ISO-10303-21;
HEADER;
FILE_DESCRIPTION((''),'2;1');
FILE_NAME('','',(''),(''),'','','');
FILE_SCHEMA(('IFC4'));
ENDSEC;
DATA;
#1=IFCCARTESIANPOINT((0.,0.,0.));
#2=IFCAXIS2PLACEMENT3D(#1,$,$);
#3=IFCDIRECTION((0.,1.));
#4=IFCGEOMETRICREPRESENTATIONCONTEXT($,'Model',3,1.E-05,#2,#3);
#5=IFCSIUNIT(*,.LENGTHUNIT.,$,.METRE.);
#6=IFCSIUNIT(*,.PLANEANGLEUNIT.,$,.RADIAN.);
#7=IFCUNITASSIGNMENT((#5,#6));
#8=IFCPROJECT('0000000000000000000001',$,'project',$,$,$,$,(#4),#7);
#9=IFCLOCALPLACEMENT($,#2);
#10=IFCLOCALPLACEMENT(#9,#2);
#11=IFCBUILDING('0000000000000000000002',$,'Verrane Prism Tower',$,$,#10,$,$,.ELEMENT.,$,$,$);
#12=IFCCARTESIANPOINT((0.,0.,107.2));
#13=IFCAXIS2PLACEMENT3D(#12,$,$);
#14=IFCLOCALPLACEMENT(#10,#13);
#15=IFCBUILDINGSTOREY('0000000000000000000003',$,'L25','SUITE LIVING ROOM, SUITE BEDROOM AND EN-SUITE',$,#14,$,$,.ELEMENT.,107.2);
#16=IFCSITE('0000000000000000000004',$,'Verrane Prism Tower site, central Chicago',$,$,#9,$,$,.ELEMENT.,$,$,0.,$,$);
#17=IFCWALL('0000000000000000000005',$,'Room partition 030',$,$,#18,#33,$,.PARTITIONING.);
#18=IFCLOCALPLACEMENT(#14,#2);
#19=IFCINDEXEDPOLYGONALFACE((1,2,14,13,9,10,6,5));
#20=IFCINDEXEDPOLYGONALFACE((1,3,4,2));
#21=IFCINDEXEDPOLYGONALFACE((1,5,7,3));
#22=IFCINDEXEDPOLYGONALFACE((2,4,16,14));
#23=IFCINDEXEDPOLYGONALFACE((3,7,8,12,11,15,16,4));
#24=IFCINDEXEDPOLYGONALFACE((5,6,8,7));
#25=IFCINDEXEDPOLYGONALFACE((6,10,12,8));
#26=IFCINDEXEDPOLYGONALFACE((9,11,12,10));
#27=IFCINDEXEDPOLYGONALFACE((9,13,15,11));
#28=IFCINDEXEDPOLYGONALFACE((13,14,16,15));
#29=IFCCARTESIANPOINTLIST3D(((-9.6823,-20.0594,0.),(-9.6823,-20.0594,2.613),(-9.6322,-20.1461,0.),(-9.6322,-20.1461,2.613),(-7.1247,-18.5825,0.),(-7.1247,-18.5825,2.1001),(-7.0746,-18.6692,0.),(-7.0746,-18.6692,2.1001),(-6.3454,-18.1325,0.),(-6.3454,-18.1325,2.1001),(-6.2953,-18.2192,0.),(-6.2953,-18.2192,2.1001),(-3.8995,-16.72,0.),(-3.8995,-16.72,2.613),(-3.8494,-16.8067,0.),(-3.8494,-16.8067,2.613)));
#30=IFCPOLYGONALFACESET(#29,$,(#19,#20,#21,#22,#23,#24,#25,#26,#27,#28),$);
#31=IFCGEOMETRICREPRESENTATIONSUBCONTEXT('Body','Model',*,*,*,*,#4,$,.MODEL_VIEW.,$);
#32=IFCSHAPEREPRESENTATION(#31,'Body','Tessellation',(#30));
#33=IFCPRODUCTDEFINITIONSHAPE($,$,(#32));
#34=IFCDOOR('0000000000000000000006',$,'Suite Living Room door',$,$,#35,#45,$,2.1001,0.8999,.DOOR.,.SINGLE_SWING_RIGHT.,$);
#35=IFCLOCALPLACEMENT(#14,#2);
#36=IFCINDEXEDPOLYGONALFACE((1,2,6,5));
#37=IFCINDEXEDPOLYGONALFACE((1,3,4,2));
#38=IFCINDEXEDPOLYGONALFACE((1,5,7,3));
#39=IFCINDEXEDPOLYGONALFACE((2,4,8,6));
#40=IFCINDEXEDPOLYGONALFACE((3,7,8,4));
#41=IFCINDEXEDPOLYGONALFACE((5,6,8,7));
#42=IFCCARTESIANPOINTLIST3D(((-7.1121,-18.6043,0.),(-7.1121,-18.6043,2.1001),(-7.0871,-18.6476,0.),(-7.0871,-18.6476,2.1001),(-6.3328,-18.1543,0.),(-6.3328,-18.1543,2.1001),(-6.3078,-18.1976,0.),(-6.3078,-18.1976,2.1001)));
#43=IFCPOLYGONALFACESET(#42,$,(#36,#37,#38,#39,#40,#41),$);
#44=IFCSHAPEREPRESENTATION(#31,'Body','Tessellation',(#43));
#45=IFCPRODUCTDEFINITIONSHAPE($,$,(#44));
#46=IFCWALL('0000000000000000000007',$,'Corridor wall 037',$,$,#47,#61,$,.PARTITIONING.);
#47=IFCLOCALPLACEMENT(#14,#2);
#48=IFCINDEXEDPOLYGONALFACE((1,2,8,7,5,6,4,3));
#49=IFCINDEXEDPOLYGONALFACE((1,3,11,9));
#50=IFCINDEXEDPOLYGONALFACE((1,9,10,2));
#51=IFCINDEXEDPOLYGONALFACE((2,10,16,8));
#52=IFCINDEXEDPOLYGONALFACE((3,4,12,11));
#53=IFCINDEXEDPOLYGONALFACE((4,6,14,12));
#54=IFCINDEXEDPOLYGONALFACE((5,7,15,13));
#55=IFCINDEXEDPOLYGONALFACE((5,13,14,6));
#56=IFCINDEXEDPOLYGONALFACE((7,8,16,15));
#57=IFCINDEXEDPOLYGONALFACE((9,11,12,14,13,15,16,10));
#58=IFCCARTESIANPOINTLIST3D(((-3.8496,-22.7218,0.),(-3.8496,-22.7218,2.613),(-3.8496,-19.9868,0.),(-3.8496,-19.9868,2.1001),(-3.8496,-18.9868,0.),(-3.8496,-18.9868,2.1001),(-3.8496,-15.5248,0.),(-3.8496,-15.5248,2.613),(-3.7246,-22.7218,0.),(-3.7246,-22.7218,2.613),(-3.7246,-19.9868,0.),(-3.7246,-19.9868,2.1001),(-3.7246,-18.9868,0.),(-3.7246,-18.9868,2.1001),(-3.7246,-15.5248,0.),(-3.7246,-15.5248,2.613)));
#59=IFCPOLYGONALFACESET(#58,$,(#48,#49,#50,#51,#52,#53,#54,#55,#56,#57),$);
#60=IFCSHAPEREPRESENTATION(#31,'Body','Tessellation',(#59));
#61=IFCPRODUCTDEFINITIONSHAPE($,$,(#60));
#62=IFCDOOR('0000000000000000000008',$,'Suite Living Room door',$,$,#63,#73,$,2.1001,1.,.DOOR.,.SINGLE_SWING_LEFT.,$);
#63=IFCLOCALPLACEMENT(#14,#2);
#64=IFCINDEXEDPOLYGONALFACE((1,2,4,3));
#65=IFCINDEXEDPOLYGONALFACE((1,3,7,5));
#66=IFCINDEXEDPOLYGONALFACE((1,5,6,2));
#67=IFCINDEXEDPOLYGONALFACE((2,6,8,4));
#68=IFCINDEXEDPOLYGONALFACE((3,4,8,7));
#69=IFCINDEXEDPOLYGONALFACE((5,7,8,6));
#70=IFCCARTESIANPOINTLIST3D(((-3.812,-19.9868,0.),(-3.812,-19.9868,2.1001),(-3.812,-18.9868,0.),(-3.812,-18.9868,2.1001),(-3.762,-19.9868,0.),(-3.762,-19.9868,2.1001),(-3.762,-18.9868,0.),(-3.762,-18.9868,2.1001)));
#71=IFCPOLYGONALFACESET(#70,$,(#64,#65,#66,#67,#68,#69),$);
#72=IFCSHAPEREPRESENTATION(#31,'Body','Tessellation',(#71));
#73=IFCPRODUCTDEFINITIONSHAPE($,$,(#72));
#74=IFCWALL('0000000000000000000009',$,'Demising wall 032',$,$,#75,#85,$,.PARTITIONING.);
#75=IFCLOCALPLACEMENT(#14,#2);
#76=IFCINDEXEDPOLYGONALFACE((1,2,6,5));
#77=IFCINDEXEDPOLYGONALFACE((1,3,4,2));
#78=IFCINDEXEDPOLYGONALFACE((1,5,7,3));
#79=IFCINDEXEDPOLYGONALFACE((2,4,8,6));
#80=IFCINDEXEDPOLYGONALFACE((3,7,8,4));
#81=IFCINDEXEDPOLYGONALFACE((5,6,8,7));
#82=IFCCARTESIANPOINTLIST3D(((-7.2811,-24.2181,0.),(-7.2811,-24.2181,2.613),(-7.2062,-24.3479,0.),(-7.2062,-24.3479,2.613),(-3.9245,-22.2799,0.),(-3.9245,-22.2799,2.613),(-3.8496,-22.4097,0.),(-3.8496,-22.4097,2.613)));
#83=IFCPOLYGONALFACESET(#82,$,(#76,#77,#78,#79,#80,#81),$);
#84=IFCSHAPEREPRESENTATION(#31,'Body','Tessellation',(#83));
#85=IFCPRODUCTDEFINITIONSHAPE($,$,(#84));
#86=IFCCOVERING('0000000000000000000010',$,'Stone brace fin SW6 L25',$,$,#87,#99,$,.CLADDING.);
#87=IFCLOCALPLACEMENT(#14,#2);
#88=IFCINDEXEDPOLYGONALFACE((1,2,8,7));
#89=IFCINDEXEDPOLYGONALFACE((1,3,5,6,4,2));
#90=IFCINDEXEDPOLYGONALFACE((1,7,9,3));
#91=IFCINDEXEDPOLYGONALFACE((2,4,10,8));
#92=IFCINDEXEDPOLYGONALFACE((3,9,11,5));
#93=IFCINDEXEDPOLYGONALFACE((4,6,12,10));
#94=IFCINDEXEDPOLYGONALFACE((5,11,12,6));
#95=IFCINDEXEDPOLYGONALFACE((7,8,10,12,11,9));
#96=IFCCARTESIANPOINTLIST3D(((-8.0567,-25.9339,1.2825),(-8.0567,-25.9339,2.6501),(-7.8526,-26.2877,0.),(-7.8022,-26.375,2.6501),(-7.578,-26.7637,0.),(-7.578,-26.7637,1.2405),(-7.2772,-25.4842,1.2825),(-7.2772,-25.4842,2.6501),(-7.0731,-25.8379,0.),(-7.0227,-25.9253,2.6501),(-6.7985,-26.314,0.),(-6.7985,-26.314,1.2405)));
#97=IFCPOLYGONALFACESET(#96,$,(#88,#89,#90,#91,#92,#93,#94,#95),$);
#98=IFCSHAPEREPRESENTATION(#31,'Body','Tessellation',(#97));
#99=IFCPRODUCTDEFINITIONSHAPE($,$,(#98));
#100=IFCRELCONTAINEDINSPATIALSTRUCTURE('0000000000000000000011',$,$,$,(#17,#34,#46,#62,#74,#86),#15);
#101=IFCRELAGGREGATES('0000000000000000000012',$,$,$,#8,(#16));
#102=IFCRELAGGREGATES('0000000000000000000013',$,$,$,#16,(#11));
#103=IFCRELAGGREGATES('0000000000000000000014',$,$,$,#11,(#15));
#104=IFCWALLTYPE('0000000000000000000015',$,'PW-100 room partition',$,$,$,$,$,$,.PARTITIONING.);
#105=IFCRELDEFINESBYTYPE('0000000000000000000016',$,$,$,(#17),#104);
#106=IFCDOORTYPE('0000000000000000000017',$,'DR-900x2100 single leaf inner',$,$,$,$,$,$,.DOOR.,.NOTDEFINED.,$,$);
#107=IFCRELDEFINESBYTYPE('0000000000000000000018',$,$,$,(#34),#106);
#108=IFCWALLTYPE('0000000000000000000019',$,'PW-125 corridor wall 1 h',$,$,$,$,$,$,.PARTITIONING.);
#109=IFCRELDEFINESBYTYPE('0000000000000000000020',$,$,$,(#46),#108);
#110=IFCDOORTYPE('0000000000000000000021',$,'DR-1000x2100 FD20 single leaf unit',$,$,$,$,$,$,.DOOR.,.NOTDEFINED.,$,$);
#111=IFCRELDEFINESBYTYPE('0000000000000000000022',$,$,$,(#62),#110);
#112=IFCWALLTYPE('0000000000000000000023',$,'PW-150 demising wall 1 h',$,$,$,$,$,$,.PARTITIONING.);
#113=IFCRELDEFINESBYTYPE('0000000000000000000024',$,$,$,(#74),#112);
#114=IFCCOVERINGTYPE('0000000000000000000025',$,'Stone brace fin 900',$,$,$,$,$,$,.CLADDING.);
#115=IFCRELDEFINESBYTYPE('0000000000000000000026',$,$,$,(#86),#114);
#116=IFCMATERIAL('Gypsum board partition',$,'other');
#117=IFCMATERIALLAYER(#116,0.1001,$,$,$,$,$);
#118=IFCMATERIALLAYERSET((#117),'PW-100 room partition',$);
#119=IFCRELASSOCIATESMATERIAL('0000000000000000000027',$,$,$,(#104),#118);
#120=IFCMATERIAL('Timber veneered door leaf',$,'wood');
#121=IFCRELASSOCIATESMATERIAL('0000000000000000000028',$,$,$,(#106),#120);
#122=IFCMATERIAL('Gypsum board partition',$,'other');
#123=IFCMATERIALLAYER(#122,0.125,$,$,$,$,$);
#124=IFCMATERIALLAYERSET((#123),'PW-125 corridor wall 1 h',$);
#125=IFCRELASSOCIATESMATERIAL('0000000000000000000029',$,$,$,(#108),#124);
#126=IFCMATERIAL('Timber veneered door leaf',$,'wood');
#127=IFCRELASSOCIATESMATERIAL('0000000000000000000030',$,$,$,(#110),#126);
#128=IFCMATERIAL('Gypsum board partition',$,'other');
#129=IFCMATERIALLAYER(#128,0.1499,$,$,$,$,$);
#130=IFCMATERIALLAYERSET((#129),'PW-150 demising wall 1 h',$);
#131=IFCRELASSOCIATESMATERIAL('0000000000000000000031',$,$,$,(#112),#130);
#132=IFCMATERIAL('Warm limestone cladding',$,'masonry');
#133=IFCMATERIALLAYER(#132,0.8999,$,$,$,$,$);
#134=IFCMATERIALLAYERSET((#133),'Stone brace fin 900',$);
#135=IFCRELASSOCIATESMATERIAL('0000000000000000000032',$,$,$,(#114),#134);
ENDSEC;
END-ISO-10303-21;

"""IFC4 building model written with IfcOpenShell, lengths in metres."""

from ifc_helpers import new_model, si_unit, direction, frame, frame_2d, origin, place, context, subcontext, project, spatial, polyline, rectangle, outline, extrude, material, layer, layer_set, type_object, element, fill, save


model = new_model("IFC4")

# Units and contexts
model_context = context("Model", 3, precision=1e-05, world=origin(), true_north=direction((0.0, 1.0)))
body_context = subcontext(model_context, "Body", "Model", "MODEL_VIEW")
ifc_project = project(units=[si_unit("LENGTHUNIT", "METRE"), si_unit("PLANEANGLEUNIT", "RADIAN")], contexts=[model_context])

# Site, building, storey
site_placement = place(None, origin())
site = spatial("IfcSite", under=ifc_project, at=site_placement, Name="Verrane Prism Tower site, central Chicago", CompositionType="ELEMENT", RefElevation=0.0)
building_placement = place(site_placement, origin())
building = spatial("IfcBuilding", under=site, at=building_placement, Name="Verrane Prism Tower", CompositionType="ELEMENT")
storey_placement = place(building_placement, frame((0.0, 0.0, 107.2)))
storey = spatial("IfcBuildingStorey", under=building, at=storey_placement, Name="L25", Description="SUITE LIVING ROOM, SUITE BEDROOM AND EN-SUITE", CompositionType="ELEMENT", Elevation=107.2)

# Walls, openings, doors
ifc_material_1 = material(Name="Gypsum board partition", Category="other")
ifc_layer_1 = layer(ifc_material_1, 0.1001)
ifc_layer_set_1 = layer_set([ifc_layer_1], Name="PW-100 room partition")
wall_type_1 = type_object("IfcWallType", Name="PW-100 room partition", PredefinedType="PARTITIONING", material=ifc_layer_set_1)
wall_1_placement = place(storey_placement, frame((-9.6572, -20.1028, 0.0), z_axis=(0.0, 0.0, 1.0), x_axis=(0.86598, 0.500079, 0.0)))
wall_1 = element("IfcWall", 1, at=wall_1_placement, inside=storey, type_object=wall_type_1, Name="Room partition 030", PredefinedType="PARTITIONING", context=body_context, shape_type="SweptSolid", body=[
    extrude(rectangle(XDim=6.6777, YDim=0.1001, at=frame_2d((3.3389, 0.0))), origin(), (0.0, 0.0, 1.0), 2.613),
])
opening_1_placement = place(wall_1_placement, frame((2.9534, 0.0, 0.0)))
opening_1 = element("IfcOpeningElement", 2, at=opening_1_placement, cuts=wall_1, PredefinedType="OPENING", context=body_context, shape_type="SweptSolid", body=[
    extrude(rectangle(XDim=0.8999, YDim=2.1001, at=frame_2d((0.45, 1.05))), frame((0.0, 0.0601, 0.0), z_axis=(0.0, -1.0, 0.0), x_axis=(1.0, 0.0, 0.0)), (0.0, 0.0, 1.0), 0.1201),
])
ifc_material_2 = material(Name="Timber veneered door leaf", Category="wood")
door_type_1 = type_object("IfcDoorType", Name="DR-900x2100 single leaf inner", OperationType="NOTDEFINED", PredefinedType="DOOR", material=ifc_material_2)
door_1_placement = place(opening_1_placement, origin())
door_1 = element("IfcDoor", 3, at=door_1_placement, inside=storey, type_object=door_type_1, Name="Suite Living Room door", OperationType="SINGLE_SWING_RIGHT", OverallHeight=2.1001, OverallWidth=0.8999, PredefinedType="DOOR", context=body_context, shape_type="SweptSolid", body=[
    extrude(rectangle(XDim=0.8999, YDim=2.1001, at=frame_2d((0.45, 1.05))), frame((0.0, 0.0249, 0.0), z_axis=(0.0, -1.0, 0.0), x_axis=(1.0, 0.0, 0.0)), (0.0, 0.0, 1.0), 0.05),
])
fill(opening_1, door_1)
ifc_material_3 = material(Name="Gypsum board partition", Category="other")
ifc_layer_2 = layer(ifc_material_3, 0.125)
ifc_layer_set_2 = layer_set([ifc_layer_2], Name="PW-125 corridor wall 1 h")
wall_type_2 = type_object("IfcWallType", Name="PW-125 corridor wall 1 h", PredefinedType="PARTITIONING", material=ifc_layer_set_2)
wall_2_placement = place(storey_placement, frame((-3.7871, -22.7219, 0.0), z_axis=(0.0, 0.0, 1.0), x_axis=(0.0, 1.0, 0.0)))
wall_2 = element("IfcWall", 4, at=wall_2_placement, inside=storey, type_object=wall_type_2, Name="Corridor wall 037", PredefinedType="PARTITIONING", context=body_context, shape_type="SweptSolid", body=[
    extrude(rectangle(XDim=7.197, YDim=0.125, at=frame_2d((3.5986, 0.0))), origin(), (0.0, 0.0, 1.0), 2.613),
])
opening_2_placement = place(wall_2_placement, frame((2.7351, 0.0, 0.0)))
opening_2 = element("IfcOpeningElement", 5, at=opening_2_placement, cuts=wall_2, PredefinedType="OPENING", context=body_context, shape_type="SweptSolid", body=[
    extrude(rectangle(XDim=1.0, YDim=2.1001, at=frame_2d((0.5, 1.05))), frame((0.0, 0.0725, 0.0), z_axis=(0.0, -1.0, 0.0), x_axis=(1.0, 0.0, 0.0)), (0.0, 0.0, 1.0), 0.145),
])
ifc_material_4 = material(Name="Timber veneered door leaf", Category="wood")
door_type_2 = type_object("IfcDoorType", Name="DR-1000x2100 FD20 single leaf unit", OperationType="NOTDEFINED", PredefinedType="DOOR", material=ifc_material_4)
door_2_placement = place(opening_2_placement, origin())
door_2 = element("IfcDoor", 6, at=door_2_placement, inside=storey, type_object=door_type_2, Name="Suite Living Room door", OperationType="SINGLE_SWING_LEFT", OverallHeight=2.1001, OverallWidth=1.0, PredefinedType="DOOR", context=body_context, shape_type="SweptSolid", body=[
    extrude(rectangle(XDim=1.0, YDim=2.1001, at=frame_2d((0.5, 1.05))), frame((0.0, 0.0249, 0.0), z_axis=(0.0, -1.0, 0.0), x_axis=(1.0, 0.0, 0.0)), (0.0, 0.0, 1.0), 0.05),
])
fill(opening_2, door_2)

# Wall
ifc_material_5 = material(Name="Gypsum board partition", Category="other")
ifc_layer_3 = layer(ifc_material_5, 0.1499)
ifc_layer_set_3 = layer_set([ifc_layer_3], Name="PW-150 demising wall 1 h")
wall_type_3 = type_object("IfcWallType", Name="PW-150 demising wall 1 h", PredefinedType="PARTITIONING", material=ifc_layer_set_3)
wall_3_placement = place(storey_placement, frame((-7.2437, -24.283, 0.0), z_axis=(0.0, 0.0, 1.0), x_axis=(0.865998, 0.500048, 0.0)))
element("IfcWall", 7, at=wall_3_placement, inside=storey, type_object=wall_type_3, Name="Demising wall 032", PredefinedType="PARTITIONING", context=body_context, shape_type="SweptSolid", body=[
    extrude(rectangle(XDim=3.876, YDim=0.1499, at=frame_2d((1.938, 0.0))), origin(), (0.0, 0.0, 1.0), 2.613),
])

# Covering
ifc_material_6 = material(Name="Warm limestone cladding", Category="masonry")
ifc_layer_4 = layer(ifc_material_6, 0.8999)
ifc_layer_set_4 = layer_set([ifc_layer_4], Name="Stone brace fin 900")
covering_type = type_object("IfcCoveringType", Name="Stone brace fin 900", PredefinedType="CLADDING", material=ifc_layer_set_4)
covering_placement = place(storey_placement, frame((-7.1882, -26.5388, 0.0), z_axis=(0.0, 0.0, 1.0), x_axis=(-0.49973, 0.866181, 0.0)))
element("IfcCovering", 8, at=covering_placement, inside=storey, type_object=covering_type, Name="Stone brace fin SW6 L25", PredefinedType="CLADDING", context=body_context, shape_type="SweptSolid", body=[
    extrude(outline(polyline([(0.958, 2.6501), (0.4487, 2.6501), (0.0, 1.2405), (0.0, 0.0), (0.5496, 0.0), (0.958, 1.2825), (0.958, 2.6501)])), frame((0.0, 0.45, 0.0), z_axis=(0.0, -1.0, 0.0), x_axis=(1.0, 0.0, 0.0)), (0.0, 0.0, 1.0), 0.8999),
])

save(model, "model.ifc")
